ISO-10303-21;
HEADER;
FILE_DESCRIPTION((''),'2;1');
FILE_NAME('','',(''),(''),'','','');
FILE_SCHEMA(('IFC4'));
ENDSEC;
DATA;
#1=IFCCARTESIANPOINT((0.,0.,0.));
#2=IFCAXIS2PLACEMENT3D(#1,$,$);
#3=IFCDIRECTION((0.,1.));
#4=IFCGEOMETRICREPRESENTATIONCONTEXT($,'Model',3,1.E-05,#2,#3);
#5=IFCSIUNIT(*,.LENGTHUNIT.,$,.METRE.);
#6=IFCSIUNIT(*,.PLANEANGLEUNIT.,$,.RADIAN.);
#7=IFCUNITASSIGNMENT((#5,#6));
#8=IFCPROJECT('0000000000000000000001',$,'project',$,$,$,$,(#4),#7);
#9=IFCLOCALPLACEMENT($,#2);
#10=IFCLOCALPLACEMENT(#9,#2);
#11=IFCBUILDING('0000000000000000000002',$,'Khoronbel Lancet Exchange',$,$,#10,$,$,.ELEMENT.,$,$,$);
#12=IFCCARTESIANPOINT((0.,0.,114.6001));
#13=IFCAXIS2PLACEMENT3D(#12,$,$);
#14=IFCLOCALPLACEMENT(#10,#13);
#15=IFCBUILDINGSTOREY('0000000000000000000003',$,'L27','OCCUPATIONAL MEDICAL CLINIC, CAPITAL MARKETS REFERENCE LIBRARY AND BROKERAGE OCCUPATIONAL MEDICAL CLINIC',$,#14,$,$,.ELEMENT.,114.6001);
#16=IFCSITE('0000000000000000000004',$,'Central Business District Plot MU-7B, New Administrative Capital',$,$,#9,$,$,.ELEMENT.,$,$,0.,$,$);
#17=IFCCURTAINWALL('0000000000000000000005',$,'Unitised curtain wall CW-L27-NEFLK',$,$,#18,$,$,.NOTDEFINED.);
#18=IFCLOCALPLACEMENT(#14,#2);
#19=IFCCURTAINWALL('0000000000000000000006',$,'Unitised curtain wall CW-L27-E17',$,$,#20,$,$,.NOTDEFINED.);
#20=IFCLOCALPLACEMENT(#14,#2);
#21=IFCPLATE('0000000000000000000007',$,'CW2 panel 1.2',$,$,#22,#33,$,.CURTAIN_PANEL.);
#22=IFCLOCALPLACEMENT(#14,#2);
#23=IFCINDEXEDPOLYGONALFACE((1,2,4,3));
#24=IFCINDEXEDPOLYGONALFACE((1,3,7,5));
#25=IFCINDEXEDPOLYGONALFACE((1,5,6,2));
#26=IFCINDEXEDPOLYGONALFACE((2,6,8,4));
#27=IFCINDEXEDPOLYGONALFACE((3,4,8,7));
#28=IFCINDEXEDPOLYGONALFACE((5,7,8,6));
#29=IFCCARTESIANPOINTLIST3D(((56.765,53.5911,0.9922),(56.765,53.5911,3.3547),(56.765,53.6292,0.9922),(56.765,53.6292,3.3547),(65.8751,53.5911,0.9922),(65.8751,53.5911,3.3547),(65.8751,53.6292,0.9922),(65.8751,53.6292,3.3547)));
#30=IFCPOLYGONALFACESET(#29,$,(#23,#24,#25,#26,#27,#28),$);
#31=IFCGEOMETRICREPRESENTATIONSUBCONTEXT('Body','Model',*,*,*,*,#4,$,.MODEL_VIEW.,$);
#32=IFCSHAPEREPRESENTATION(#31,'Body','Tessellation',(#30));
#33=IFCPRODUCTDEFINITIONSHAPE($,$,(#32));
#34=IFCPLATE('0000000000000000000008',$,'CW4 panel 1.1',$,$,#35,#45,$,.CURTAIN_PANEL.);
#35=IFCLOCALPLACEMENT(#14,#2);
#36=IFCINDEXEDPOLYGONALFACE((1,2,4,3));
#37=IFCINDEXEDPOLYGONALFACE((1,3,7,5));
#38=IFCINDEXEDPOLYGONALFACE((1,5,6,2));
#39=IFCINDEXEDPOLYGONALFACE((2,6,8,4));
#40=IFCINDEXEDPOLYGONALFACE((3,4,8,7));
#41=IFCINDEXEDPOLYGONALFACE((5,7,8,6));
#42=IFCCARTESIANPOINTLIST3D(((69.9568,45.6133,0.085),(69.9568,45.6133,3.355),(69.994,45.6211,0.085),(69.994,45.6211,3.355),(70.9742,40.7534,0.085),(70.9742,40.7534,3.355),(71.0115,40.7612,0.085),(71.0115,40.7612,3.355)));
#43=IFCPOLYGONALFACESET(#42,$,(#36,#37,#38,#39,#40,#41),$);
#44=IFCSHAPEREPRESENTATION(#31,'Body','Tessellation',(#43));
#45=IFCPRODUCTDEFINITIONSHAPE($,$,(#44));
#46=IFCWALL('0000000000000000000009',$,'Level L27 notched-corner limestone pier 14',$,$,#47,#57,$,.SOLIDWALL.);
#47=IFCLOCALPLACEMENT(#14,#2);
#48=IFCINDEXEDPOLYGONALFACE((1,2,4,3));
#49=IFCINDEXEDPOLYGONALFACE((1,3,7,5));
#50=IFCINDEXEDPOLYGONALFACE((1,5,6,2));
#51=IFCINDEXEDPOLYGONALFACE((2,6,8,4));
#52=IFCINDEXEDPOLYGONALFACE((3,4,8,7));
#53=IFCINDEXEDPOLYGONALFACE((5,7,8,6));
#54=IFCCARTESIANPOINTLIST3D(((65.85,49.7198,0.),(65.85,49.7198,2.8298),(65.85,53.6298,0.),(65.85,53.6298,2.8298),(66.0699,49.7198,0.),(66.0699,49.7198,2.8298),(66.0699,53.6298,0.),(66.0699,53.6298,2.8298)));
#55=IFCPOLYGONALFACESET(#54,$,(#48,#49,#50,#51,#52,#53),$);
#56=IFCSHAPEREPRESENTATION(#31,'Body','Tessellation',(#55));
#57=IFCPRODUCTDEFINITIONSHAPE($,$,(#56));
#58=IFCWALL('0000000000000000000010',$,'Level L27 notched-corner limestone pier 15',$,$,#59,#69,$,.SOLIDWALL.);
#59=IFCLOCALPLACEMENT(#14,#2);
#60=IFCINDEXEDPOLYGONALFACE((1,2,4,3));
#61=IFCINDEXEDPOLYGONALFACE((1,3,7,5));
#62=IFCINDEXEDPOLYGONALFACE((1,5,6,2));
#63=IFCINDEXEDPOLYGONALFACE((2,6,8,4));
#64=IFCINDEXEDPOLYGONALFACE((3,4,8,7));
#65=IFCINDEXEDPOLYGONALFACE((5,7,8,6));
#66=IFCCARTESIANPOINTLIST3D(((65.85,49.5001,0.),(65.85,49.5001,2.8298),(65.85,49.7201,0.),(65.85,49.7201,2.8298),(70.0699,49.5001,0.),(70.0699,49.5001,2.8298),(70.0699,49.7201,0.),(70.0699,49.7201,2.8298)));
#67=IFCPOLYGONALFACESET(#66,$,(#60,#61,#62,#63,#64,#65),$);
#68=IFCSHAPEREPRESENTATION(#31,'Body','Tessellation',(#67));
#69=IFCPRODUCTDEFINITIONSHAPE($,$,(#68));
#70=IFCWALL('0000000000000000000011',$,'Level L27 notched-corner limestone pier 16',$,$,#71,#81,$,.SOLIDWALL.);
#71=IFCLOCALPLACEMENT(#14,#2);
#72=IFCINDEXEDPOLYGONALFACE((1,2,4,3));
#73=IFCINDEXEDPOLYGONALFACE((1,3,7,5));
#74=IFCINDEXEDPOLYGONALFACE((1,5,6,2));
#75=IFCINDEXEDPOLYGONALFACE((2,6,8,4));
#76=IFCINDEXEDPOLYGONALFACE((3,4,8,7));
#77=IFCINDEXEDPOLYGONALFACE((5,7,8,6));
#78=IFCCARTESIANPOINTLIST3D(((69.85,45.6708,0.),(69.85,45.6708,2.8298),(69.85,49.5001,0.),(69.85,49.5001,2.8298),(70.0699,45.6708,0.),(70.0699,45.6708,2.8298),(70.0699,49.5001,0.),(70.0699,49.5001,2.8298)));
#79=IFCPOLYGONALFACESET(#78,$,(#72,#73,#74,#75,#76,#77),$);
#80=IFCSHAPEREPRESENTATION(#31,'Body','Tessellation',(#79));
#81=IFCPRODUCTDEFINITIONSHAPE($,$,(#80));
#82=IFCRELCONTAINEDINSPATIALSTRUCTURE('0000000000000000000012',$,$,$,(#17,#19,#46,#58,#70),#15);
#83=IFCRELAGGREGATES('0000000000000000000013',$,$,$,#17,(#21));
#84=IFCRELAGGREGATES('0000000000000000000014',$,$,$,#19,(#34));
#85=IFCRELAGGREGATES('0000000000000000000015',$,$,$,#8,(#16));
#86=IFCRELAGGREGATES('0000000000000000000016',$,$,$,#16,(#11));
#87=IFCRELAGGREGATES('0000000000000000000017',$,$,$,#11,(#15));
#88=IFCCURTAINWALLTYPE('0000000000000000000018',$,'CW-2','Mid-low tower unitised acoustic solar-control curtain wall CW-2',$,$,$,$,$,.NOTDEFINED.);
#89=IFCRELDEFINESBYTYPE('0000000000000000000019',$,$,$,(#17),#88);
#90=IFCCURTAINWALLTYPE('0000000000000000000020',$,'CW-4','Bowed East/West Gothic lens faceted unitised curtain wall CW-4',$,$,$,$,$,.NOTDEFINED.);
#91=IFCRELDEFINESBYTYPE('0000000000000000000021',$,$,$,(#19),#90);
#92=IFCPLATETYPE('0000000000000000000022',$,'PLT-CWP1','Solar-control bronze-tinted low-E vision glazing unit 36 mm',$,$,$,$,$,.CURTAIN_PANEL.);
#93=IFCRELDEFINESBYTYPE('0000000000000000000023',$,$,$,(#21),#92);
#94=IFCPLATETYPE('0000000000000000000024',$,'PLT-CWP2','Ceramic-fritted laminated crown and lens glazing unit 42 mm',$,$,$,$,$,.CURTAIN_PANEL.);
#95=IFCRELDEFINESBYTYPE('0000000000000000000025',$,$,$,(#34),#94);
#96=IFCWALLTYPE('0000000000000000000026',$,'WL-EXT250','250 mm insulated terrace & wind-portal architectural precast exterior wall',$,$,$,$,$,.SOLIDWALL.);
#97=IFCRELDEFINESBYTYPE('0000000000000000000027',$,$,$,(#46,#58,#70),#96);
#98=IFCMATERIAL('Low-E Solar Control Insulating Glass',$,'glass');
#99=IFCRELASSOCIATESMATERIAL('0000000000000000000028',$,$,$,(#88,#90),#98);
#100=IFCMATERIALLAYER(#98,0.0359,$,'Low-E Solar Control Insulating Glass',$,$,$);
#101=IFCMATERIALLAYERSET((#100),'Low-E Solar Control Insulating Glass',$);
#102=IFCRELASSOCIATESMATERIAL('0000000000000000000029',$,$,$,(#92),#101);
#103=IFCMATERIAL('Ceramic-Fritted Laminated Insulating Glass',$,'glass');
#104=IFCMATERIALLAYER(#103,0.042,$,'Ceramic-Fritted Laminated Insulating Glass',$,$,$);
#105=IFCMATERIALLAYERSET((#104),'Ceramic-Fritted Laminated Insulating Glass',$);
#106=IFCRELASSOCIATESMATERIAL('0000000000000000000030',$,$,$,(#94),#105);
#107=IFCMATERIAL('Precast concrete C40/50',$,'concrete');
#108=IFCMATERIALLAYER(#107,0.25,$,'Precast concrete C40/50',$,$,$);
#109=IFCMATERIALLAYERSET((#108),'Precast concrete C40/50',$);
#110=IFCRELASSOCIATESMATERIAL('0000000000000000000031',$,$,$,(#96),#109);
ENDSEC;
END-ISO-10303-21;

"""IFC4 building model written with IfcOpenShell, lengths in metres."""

from ifc_helpers import new_model, si_unit, direction, frame, frame_2d, origin, origin_2d, place, context, subcontext, project, spatial, rectangle, extrude, material, layer, layer_set, type_object, element, aggregate, save


model = new_model("IFC4")

# Units and contexts
model_context = context("Model", 3, precision=1e-05, world=origin(), true_north=direction((0.0, 1.0)))
body_context = subcontext(model_context, "Body", "Model", "MODEL_VIEW")
ifc_project = project(units=[si_unit("LENGTHUNIT", "METRE"), si_unit("PLANEANGLEUNIT", "RADIAN")], contexts=[model_context])

# Site, building, storey
site_placement = place(None, origin())
site = spatial("IfcSite", under=ifc_project, at=site_placement, Name="Central Business District Plot MU-7B, New Administrative Capital", CompositionType="ELEMENT", RefElevation=0.0)
building_placement = place(site_placement, origin())
building = spatial("IfcBuilding", under=site, at=building_placement, Name="Khoronbel Lancet Exchange", CompositionType="ELEMENT")
storey_placement = place(building_placement, frame((0.0, 0.0, 114.6001)))
storey = spatial("IfcBuildingStorey", under=building, at=storey_placement, Name="L27", Description="OCCUPATIONAL MEDICAL CLINIC, CAPITAL MARKETS REFERENCE LIBRARY AND BROKERAGE OCCUPATIONAL MEDICAL CLINIC", CompositionType="ELEMENT", Elevation=114.6001)

# Curtain wall
ifc_material_1 = material(Name="Low-E Solar Control Insulating Glass", Category="glass")
curtain_wall_type_1 = type_object("IfcCurtainWallType", Name="CW-2", Description="Mid-low tower unitised acoustic solar-control curtain wall CW-2", PredefinedType="NOTDEFINED", material=ifc_material_1)
curtain_wall_1_placement = place(storey_placement, origin())
curtain_wall_1 = element("IfcCurtainWall", 1, at=curtain_wall_1_placement, inside=storey, type_object=curtain_wall_type_1, Name="Unitised curtain wall CW-L27-NEFLK", PredefinedType="NOTDEFINED")

# Curtain wall
curtain_wall_type_2 = type_object("IfcCurtainWallType", Name="CW-4", Description="Bowed East/West Gothic lens faceted unitised curtain wall CW-4", PredefinedType="NOTDEFINED", material=ifc_material_1)
curtain_wall_2_placement = place(storey_placement, origin())
curtain_wall_2 = element("IfcCurtainWall", 2, at=curtain_wall_2_placement, inside=storey, type_object=curtain_wall_type_2, Name="Unitised curtain wall CW-L27-E17", PredefinedType="NOTDEFINED")

# Plates
ifc_layer_1 = layer(ifc_material_1, 0.0359, Name="Low-E Solar Control Insulating Glass")
ifc_layer_set_1 = layer_set([ifc_layer_1], Name="Low-E Solar Control Insulating Glass")
plate_type_1 = type_object("IfcPlateType", Name="PLT-CWP1", Description="Solar-control bronze-tinted low-E vision glazing unit 36 mm", PredefinedType="CURTAIN_PANEL", material=ifc_layer_set_1)
plate_1_placement = place(storey_placement, frame((61.3201, 53.6101, 0.9922), z_axis=(0.0, 0.0, 1.0), x_axis=(-1.0, 0.0, 0.0)))
plate_1 = element("IfcPlate", 3, at=plate_1_placement, type_object=plate_type_1, Name="CW2 panel 1.2", PredefinedType="CURTAIN_PANEL", context=body_context, shape_type="SweptSolid", body=[
    extrude(rectangle(XDim=9.1101, YDim=0.0381, at=origin_2d()), origin(), (0.0, 0.0, 1.0), 2.3625),
])
aggregate(curtain_wall_1, [plate_1])
ifc_material_2 = material(Name="Ceramic-Fritted Laminated Insulating Glass", Category="glass")
ifc_layer_2 = layer(ifc_material_2, 0.042, Name="Ceramic-Fritted Laminated Insulating Glass")
ifc_layer_set_2 = layer_set([ifc_layer_2], Name="Ceramic-Fritted Laminated Insulating Glass")
plate_type_2 = type_object("IfcPlateType", Name="PLT-CWP2", Description="Ceramic-fritted laminated crown and lens glazing unit 42 mm", PredefinedType="CURTAIN_PANEL", material=ifc_layer_set_2)
plate_2_placement = place(storey_placement, frame((70.4841, 43.1873, 0.085), z_axis=(0.0, 0.0, 1.0), x_axis=(0.204913, -0.97878, 0.0)))
plate_2 = element("IfcPlate", 4, at=plate_2_placement, type_object=plate_type_2, Name="CW4 panel 1.1", PredefinedType="CURTAIN_PANEL", context=body_context, shape_type="SweptSolid", body=[
    extrude(rectangle(XDim=4.9653, YDim=0.0381, at=origin_2d()), origin(), (0.0, 0.0, 1.0), 3.27),
])
aggregate(curtain_wall_2, [plate_2])

# Walls
ifc_material_3 = material(Name="Precast concrete C40/50", Category="concrete")
ifc_layer_3 = layer(ifc_material_3, 0.25, Name="Precast concrete C40/50")
ifc_layer_set_3 = layer_set([ifc_layer_3], Name="Precast concrete C40/50")
wall_type = type_object("IfcWallType", Name="WL-EXT250", Description="250 mm insulated terrace & wind-portal architectural precast exterior wall", PredefinedType="SOLIDWALL", material=ifc_layer_set_3)
wall_1_placement = place(storey_placement, frame((65.96, 53.6299, 0.0), z_axis=(0.0, 0.0, 1.0), x_axis=(0.0, -1.0, 0.0)))
element("IfcWall", 5, at=wall_1_placement, inside=storey, type_object=wall_type, Name="Level L27 notched-corner limestone pier 14", PredefinedType="SOLIDWALL", context=body_context, shape_type="SweptSolid", body=[
    extrude(rectangle(XDim=3.9099, YDim=0.22, at=frame_2d((1.9551, 0.0))), origin(), (0.0, 0.0, 1.0), 2.8298),
])
wall_2_placement = place(storey_placement, frame((65.8501, 49.6101, 0.0), z_axis=(0.0, 0.0, 1.0), x_axis=(1.0, 0.0, 0.0)))
element("IfcWall", 6, at=wall_2_placement, inside=storey, type_object=wall_type, Name="Level L27 notched-corner limestone pier 15", PredefinedType="SOLIDWALL", context=body_context, shape_type="SweptSolid", body=[
    extrude(rectangle(XDim=4.22, YDim=0.22, at=frame_2d((2.1099, 0.0))), origin(), (0.0, 0.0, 1.0), 2.8298),
])
wall_3_placement = place(storey_placement, frame((69.96, 49.5, 0.0), z_axis=(0.0, 0.0, 1.0), x_axis=(0.0, -1.0, 0.0)))
element("IfcWall", 7, at=wall_3_placement, inside=storey, type_object=wall_type, Name="Level L27 notched-corner limestone pier 16", PredefinedType="SOLIDWALL", context=body_context, shape_type="SweptSolid", body=[
    extrude(rectangle(XDim=3.8293, YDim=0.22, at=frame_2d((1.9146, 0.0))), origin(), (0.0, 0.0, 1.0), 2.8298),
])

save(model, "model.ifc")
